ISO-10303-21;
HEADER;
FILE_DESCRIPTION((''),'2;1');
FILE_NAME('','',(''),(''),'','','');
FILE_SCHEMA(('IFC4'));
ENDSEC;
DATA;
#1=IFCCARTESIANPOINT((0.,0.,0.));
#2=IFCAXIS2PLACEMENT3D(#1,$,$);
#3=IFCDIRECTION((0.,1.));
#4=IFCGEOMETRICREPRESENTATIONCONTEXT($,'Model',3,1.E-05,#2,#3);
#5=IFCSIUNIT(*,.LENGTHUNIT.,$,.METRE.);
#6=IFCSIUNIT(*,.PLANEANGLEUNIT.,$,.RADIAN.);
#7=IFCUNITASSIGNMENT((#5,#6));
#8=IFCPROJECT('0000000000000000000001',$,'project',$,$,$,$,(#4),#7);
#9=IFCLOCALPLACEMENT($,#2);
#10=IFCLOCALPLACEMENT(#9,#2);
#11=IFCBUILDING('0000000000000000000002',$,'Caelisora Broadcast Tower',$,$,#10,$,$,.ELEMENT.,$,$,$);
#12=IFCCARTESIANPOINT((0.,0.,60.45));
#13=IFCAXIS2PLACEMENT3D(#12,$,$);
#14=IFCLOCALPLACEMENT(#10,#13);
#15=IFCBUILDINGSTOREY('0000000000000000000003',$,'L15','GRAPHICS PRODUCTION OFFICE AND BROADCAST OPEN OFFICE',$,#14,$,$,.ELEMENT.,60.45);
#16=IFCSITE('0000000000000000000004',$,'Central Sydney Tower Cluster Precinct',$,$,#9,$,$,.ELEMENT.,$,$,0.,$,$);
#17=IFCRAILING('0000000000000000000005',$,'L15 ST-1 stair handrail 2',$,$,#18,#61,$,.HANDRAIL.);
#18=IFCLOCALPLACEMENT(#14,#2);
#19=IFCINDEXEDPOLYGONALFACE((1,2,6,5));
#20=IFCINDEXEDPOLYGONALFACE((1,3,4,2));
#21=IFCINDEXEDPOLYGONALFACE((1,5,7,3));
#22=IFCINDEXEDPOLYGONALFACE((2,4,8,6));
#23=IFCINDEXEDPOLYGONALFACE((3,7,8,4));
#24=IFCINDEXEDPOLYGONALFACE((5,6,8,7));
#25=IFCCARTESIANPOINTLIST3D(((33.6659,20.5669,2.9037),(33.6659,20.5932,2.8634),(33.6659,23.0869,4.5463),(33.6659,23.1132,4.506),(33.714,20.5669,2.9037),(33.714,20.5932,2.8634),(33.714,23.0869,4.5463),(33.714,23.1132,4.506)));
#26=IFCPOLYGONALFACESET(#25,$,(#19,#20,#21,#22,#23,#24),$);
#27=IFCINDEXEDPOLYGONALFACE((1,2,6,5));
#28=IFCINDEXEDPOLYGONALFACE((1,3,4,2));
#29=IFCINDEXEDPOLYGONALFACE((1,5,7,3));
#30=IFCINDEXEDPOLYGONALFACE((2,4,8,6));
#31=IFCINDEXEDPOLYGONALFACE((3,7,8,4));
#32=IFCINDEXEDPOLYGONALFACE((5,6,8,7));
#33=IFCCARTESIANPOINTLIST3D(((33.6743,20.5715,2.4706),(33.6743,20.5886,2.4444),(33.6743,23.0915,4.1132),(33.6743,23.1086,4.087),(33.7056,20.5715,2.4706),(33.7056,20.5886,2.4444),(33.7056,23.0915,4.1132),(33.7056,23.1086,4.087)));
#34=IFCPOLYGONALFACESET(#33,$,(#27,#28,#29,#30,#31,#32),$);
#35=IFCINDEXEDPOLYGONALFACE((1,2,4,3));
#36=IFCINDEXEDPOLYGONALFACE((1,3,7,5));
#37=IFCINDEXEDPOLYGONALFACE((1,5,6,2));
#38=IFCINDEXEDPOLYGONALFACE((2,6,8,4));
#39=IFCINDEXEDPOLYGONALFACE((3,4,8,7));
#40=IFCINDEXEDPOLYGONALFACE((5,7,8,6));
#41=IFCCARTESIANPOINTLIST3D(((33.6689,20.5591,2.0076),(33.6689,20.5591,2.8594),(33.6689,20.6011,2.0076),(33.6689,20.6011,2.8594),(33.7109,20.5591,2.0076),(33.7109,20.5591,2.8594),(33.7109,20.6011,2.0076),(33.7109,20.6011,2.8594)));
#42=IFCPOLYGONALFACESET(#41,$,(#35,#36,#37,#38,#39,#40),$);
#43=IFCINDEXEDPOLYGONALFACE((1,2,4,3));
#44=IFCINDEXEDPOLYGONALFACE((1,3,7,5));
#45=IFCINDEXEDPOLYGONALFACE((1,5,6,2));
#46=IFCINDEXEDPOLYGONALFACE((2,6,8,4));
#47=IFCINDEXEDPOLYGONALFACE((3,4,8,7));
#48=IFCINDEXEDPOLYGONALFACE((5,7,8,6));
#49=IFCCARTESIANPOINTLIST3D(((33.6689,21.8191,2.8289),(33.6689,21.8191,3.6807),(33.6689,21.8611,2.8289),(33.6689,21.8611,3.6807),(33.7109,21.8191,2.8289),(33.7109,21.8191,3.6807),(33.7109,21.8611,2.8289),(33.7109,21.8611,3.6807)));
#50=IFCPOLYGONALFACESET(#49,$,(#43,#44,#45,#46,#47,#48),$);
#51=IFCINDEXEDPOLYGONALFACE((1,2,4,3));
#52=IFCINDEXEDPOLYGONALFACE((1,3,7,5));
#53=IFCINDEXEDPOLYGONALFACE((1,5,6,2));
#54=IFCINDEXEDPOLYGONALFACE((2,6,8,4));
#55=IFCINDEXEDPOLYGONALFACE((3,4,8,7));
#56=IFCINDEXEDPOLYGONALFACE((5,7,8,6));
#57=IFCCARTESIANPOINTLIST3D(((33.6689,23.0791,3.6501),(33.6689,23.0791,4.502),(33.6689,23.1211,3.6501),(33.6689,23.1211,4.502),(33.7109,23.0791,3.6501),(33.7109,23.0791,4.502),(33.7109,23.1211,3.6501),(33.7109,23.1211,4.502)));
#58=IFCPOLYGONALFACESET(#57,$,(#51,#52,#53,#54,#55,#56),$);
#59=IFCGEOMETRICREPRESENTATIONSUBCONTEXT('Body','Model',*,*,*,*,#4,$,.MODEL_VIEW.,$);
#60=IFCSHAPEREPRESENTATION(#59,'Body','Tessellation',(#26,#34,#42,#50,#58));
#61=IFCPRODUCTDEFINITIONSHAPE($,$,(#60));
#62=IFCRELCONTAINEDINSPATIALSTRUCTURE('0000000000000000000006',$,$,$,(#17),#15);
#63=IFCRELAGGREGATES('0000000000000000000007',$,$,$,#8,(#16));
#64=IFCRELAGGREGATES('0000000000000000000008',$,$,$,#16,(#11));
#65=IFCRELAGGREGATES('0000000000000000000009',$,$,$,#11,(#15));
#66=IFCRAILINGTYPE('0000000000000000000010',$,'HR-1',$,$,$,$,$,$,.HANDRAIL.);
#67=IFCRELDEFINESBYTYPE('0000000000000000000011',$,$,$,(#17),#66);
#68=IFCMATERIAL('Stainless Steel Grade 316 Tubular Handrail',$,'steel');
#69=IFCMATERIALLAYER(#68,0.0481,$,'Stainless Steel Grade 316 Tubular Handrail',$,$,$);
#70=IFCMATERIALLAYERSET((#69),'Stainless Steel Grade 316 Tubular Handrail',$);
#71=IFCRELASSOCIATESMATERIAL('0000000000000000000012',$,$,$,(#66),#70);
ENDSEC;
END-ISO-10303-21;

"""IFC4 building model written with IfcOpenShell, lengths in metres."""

from ifc_helpers import new_model, si_unit, direction, frame, origin, origin_2d, place, context, subcontext, project, spatial, rectangle, extrude, material, layer, layer_set, type_object, element, save


model = new_model("IFC4")

# Units and contexts
model_context = context("Model", 3, precision=1e-05, world=origin(), true_north=direction((0.0, 1.0)))
body_context = subcontext(model_context, "Body", "Model", "MODEL_VIEW")
ifc_project = project(units=[si_unit("LENGTHUNIT", "METRE"), si_unit("PLANEANGLEUNIT", "RADIAN")], contexts=[model_context])

# Site, building, storey
site_placement = place(None, origin())
site = spatial("IfcSite", under=ifc_project, at=site_placement, Name="Central Sydney Tower Cluster Precinct", CompositionType="ELEMENT", RefElevation=0.0)
building_placement = place(site_placement, origin())
building = spatial("IfcBuilding", under=site, at=building_placement, Name="Caelisora Broadcast Tower", CompositionType="ELEMENT")
storey_placement = place(building_placement, frame((0.0, 0.0, 60.45)))
storey = spatial("IfcBuildingStorey", under=building, at=storey_placement, Name="L15", Description="GRAPHICS PRODUCTION OFFICE AND BROADCAST OPEN OFFICE", CompositionType="ELEMENT", Elevation=60.45)

# Railing
ifc_material_1 = material(Name="Stainless Steel Grade 316 Tubular Handrail", Category="steel")
ifc_layer_1 = layer(ifc_material_1, 0.0481, Name="Stainless Steel Grade 316 Tubular Handrail")
ifc_layer_set_1 = layer_set([ifc_layer_1], Name="Stainless Steel Grade 316 Tubular Handrail")
railing_type_1 = type_object("IfcRailingType", Name="HR-1", PredefinedType="HANDRAIL", material=ifc_layer_set_1)
railing_1_placement = place(storey_placement, frame((33.6899, 20.5801, 2.0076)))
element("IfcRailing", 1, at=railing_1_placement, inside=storey, type_object=railing_type_1, Name="L15 ST-1 stair handrail 2", PredefinedType="HANDRAIL", context=body_context, shape_type="SweptSolid", body=[
    extrude(rectangle(XDim=0.0481, YDim=0.0481, at=origin_2d()), frame((0.0, 0.0, 0.876), z_axis=(0.0, 0.837749, 0.546055), x_axis=(-1.0, 0.0, 0.0)), (0.0, 0.0, 1.0), 3.0081),
    extrude(rectangle(XDim=0.0312, YDim=0.0312, at=origin_2d()), frame((0.0, 0.0, 0.45), z_axis=(0.0, 0.837749, 0.546055), x_axis=(-1.0, 0.0, 0.0)), (0.0, 0.0, 1.0), 3.0081),
    extrude(rectangle(XDim=0.042, YDim=0.042, at=origin_2d()), origin(), (0.0, 0.0, 1.0), 0.8518),
    extrude(rectangle(XDim=0.042, YDim=0.042, at=origin_2d()), frame((0.0, 1.26, 0.8213)), (0.0, 0.0, 1.0), 0.8518),
    extrude(rectangle(XDim=0.042, YDim=0.042, at=origin_2d()), frame((0.0, 2.52, 1.6426)), (0.0, 0.0, 1.0), 0.8518),
])

save(model, "model.ifc")
